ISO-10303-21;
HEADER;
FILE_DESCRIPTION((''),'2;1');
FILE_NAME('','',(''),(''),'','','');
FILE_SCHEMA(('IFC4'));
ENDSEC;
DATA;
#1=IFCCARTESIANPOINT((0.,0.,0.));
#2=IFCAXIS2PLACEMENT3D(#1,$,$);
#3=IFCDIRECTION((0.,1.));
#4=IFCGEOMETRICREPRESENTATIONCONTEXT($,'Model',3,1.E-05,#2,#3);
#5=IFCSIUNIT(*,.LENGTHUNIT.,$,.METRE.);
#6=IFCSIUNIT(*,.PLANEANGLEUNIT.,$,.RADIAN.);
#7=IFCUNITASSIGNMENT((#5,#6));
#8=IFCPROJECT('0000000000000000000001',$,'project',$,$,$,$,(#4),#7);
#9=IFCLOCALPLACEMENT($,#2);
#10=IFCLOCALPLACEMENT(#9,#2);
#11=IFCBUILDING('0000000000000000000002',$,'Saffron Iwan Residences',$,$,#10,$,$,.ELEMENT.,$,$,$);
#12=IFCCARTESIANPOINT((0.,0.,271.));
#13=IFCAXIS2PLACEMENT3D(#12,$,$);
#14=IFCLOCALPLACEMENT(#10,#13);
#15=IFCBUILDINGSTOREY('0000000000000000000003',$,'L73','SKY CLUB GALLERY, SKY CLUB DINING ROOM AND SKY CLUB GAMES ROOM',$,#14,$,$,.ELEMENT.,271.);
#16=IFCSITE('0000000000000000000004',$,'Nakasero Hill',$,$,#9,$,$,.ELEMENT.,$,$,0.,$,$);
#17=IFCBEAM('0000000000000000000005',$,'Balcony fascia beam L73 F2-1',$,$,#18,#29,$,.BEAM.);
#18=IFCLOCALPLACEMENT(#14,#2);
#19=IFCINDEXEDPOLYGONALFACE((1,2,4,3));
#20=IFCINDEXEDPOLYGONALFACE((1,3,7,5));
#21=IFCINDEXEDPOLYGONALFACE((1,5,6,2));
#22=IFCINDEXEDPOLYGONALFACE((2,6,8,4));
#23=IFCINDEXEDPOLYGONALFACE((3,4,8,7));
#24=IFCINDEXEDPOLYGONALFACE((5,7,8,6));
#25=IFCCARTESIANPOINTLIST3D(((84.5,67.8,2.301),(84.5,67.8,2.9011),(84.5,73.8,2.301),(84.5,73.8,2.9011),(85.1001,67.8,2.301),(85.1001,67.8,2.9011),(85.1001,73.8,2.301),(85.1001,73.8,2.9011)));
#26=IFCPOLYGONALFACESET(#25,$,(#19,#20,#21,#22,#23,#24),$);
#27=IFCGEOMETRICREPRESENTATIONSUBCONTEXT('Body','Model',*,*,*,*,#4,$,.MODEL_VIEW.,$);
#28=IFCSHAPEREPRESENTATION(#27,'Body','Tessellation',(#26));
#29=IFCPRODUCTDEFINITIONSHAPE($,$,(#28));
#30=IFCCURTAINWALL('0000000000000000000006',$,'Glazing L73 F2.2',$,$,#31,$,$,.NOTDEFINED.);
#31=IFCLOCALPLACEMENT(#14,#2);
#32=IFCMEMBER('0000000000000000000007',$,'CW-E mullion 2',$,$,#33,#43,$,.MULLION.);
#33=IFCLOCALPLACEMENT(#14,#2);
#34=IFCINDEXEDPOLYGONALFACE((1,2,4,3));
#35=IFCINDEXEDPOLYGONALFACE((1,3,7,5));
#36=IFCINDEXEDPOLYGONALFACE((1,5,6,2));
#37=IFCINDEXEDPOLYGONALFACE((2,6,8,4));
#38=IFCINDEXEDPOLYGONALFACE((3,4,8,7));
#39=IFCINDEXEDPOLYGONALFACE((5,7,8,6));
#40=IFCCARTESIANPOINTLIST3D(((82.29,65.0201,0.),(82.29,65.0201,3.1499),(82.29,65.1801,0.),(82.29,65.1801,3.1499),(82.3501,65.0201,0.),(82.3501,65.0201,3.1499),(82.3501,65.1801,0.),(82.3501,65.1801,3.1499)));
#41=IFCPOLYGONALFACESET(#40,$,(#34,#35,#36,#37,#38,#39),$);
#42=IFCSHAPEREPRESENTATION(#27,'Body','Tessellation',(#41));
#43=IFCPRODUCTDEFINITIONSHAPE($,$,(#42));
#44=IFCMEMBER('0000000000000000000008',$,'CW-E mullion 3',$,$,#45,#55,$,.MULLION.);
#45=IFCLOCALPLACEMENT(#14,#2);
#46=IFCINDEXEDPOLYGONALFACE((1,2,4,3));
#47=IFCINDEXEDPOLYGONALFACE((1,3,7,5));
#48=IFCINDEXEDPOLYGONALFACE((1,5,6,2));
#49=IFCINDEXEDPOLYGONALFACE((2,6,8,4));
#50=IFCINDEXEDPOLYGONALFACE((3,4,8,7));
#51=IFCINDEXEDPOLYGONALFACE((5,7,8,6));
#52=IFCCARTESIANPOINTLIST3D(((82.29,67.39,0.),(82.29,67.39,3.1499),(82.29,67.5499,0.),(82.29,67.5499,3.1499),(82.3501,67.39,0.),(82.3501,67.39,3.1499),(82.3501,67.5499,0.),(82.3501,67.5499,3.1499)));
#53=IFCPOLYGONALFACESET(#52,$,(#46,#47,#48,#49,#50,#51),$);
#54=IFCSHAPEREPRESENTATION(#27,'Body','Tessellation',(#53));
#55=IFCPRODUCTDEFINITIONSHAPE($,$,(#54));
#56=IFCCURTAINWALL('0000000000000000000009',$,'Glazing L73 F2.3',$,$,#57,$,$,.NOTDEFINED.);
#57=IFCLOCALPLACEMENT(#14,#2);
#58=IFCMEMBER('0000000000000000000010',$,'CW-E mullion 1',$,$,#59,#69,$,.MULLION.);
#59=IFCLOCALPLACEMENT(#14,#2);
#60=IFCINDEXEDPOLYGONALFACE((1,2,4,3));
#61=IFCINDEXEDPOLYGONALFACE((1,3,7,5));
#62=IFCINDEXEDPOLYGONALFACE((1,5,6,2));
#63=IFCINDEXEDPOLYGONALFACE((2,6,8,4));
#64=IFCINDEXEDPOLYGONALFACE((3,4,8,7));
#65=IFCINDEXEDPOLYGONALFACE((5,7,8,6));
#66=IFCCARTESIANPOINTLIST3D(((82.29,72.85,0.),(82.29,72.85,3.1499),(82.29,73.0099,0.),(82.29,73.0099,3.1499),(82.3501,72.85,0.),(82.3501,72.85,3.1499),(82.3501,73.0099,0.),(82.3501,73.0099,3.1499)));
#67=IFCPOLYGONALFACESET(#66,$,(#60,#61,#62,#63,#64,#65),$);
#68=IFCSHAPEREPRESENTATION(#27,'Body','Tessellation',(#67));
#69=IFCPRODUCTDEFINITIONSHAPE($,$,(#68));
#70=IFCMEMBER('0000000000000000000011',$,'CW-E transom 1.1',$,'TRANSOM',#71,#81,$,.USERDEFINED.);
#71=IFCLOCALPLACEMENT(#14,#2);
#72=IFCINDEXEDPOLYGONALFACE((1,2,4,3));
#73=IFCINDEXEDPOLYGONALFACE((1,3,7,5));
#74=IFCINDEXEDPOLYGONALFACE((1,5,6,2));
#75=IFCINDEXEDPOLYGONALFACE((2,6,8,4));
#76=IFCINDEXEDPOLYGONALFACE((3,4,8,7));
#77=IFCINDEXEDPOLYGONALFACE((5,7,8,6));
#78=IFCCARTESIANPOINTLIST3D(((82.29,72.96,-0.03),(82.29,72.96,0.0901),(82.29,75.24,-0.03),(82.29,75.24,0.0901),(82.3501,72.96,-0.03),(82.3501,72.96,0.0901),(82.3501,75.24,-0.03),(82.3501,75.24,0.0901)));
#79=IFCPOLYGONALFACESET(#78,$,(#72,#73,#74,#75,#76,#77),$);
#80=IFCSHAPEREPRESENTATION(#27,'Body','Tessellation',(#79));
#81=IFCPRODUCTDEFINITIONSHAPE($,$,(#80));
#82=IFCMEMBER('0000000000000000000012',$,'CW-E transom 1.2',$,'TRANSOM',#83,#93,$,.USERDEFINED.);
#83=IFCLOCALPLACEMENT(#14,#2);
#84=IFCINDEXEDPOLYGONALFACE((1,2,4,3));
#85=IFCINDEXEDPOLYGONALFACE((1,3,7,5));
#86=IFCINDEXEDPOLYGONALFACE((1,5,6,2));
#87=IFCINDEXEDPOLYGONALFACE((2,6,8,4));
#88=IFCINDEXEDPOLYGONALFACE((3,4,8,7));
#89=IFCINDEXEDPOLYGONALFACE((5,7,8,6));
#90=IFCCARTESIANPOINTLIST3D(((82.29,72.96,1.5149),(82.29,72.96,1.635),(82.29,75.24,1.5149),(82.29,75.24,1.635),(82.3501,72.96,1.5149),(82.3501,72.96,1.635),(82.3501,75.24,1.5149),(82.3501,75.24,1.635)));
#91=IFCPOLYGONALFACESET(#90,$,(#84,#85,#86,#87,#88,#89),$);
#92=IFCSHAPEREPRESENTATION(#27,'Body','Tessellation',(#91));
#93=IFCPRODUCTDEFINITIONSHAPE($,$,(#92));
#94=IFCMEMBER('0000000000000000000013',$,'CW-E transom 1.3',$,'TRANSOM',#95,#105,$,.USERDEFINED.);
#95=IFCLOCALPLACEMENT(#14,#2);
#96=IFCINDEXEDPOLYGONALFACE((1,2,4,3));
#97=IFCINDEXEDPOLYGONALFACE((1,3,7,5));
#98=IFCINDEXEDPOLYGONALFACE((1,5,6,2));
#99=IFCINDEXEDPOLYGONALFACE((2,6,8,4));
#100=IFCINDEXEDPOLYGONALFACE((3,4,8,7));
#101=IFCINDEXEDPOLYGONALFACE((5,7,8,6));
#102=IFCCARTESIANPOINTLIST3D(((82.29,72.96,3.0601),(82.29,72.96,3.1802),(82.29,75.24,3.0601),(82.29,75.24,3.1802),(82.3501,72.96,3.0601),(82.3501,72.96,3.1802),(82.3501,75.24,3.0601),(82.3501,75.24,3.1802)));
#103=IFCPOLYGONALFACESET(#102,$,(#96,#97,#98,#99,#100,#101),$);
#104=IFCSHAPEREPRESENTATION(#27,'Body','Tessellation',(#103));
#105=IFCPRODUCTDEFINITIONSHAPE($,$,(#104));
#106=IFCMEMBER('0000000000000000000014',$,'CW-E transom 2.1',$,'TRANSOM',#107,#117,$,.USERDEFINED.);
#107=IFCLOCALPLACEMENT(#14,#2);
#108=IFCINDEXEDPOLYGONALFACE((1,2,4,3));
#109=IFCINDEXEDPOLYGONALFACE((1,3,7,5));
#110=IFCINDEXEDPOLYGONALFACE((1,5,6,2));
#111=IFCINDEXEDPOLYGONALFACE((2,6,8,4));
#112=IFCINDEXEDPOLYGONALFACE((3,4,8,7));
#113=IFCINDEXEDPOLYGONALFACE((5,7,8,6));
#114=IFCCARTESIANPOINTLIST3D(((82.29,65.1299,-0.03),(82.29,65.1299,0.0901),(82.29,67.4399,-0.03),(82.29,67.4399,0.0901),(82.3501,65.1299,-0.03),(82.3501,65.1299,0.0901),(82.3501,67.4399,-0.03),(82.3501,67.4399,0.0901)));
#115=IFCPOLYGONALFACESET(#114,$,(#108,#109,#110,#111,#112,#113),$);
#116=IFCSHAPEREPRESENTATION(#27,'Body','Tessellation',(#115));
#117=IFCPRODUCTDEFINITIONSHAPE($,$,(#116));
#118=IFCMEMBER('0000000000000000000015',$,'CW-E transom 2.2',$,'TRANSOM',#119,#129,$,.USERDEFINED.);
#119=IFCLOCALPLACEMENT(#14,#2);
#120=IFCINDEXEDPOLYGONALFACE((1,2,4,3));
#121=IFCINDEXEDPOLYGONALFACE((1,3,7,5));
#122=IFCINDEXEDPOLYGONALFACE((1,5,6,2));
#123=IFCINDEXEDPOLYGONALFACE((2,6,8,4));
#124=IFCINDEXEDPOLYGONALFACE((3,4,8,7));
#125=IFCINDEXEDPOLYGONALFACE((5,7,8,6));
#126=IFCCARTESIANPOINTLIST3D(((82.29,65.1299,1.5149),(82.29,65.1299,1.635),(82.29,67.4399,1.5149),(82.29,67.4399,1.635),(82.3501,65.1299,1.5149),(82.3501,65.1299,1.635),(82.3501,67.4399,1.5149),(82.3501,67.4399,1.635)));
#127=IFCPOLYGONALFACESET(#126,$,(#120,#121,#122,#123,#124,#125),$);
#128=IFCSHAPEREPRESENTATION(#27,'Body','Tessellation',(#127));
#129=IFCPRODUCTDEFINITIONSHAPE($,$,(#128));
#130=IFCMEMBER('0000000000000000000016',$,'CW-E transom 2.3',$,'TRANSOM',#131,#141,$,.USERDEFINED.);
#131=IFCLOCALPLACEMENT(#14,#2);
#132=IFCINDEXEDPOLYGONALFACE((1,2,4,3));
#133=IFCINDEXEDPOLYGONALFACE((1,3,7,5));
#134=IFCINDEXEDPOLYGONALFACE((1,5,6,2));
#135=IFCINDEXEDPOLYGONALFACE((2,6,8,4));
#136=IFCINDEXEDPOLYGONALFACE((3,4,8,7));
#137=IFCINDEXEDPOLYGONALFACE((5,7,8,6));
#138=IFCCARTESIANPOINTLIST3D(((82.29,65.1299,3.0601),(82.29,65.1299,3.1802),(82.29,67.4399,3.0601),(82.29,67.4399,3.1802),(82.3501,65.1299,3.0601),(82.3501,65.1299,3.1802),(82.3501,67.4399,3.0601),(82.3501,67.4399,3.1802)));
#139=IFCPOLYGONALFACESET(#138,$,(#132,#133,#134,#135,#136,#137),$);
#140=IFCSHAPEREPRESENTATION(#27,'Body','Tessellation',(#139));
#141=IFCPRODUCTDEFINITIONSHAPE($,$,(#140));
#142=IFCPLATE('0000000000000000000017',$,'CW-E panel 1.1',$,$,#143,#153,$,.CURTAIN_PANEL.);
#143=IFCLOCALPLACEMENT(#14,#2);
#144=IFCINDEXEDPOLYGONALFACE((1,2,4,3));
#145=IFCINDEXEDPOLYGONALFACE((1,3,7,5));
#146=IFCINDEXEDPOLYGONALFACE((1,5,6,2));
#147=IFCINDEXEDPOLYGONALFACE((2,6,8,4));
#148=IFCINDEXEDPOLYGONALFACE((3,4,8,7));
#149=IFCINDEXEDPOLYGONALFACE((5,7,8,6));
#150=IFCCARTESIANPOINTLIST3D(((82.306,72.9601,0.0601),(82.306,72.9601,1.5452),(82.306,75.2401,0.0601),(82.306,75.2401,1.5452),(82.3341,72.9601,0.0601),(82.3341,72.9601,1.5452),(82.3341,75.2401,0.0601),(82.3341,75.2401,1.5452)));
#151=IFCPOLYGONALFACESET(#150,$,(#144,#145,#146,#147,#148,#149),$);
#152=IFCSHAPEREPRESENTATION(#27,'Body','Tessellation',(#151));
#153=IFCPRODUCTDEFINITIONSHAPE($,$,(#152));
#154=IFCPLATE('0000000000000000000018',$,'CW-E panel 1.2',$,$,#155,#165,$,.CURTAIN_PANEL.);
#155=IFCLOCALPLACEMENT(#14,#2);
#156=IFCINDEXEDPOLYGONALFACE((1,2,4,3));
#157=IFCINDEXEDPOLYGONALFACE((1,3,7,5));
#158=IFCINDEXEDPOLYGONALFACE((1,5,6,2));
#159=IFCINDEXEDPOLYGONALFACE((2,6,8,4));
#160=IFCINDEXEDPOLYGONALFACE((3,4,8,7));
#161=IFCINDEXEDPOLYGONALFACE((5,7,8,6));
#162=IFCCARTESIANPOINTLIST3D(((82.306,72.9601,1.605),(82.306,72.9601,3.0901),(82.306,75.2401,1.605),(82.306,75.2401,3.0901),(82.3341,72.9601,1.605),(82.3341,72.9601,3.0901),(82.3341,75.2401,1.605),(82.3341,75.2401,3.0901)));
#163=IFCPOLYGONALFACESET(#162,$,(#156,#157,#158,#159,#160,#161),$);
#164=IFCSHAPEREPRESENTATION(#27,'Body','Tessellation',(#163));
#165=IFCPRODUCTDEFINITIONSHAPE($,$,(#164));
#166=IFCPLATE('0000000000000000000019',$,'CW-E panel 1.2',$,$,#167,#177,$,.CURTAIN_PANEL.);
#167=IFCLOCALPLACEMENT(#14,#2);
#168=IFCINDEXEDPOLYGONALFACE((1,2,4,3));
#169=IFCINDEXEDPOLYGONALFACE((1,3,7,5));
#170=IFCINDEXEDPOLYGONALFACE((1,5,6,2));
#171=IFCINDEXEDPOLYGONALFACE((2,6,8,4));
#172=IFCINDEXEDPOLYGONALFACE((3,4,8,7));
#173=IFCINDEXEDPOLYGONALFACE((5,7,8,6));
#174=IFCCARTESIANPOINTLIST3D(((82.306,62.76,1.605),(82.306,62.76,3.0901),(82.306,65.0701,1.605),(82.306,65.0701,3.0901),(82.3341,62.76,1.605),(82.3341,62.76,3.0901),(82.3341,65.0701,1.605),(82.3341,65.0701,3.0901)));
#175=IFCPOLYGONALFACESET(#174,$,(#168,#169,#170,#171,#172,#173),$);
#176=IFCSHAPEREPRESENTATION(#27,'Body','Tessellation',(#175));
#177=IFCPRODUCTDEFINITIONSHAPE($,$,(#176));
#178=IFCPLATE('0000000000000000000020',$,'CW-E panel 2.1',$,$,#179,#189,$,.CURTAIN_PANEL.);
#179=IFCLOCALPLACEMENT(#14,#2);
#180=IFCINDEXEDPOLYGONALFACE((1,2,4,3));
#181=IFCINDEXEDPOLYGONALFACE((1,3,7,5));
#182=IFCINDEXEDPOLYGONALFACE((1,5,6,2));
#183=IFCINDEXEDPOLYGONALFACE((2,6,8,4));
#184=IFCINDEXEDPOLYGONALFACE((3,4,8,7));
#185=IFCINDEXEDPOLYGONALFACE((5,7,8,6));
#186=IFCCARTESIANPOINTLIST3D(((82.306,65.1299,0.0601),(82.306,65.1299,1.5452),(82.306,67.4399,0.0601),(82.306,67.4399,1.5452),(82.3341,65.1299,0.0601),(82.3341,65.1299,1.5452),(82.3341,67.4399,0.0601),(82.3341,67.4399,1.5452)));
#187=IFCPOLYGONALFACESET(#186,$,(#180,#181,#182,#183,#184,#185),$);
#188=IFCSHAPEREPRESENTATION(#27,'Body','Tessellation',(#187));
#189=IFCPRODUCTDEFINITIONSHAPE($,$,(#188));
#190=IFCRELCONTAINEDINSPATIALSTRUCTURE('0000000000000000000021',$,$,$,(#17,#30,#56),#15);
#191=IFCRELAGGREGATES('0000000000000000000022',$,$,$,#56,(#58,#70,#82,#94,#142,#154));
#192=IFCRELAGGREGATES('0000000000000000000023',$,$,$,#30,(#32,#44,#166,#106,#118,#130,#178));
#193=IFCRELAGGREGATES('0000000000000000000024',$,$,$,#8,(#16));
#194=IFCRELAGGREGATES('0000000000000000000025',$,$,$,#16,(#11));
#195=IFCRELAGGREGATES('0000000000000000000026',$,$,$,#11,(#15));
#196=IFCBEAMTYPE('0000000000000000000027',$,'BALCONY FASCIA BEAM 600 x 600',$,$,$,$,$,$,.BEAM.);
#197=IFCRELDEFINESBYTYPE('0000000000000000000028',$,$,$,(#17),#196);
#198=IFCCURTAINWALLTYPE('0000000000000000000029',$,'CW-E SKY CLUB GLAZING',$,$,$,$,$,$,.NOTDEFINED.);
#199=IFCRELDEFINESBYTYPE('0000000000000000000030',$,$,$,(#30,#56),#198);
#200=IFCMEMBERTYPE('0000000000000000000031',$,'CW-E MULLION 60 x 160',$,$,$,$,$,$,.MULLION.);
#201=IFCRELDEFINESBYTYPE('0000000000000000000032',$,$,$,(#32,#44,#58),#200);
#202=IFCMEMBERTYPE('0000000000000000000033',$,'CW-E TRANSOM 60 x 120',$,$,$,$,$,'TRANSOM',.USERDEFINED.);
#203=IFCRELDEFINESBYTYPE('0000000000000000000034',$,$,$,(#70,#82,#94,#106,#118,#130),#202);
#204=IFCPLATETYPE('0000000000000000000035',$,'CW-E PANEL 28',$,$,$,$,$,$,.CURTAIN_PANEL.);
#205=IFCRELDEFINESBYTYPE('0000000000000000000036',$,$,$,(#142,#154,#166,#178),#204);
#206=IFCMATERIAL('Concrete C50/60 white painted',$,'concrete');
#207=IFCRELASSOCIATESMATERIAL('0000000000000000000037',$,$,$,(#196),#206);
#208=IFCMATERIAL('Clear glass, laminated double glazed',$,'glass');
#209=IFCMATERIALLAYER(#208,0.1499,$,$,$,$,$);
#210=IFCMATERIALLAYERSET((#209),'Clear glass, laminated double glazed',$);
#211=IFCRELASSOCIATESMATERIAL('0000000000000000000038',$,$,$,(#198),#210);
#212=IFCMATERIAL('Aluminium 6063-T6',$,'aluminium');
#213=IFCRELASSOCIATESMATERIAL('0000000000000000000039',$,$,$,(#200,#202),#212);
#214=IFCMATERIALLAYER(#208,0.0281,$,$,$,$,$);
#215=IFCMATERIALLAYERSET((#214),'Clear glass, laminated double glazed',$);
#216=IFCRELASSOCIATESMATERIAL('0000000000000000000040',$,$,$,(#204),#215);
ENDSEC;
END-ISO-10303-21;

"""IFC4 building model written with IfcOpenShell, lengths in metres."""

from ifc_helpers import new_model, si_unit, direction, frame, origin, origin_2d, place, context, subcontext, project, spatial, rectangle, extrude, source, transform, mapped, material, layer, layer_set, material_profile, profile_set, type_object, element, aggregate, save


model = new_model("IFC4")

# Units and contexts
model_context = context("Model", 3, precision=1e-05, world=origin(), true_north=direction((0.0, 1.0)))
body_context = subcontext(model_context, "Body", "Model", "MODEL_VIEW")
ifc_project = project(units=[si_unit("LENGTHUNIT", "METRE"), si_unit("PLANEANGLEUNIT", "RADIAN")], contexts=[model_context])

# Site, building, storey
site_placement = place(None, origin())
site = spatial("IfcSite", under=ifc_project, at=site_placement, Name="Nakasero Hill", CompositionType="ELEMENT", RefElevation=0.0)
building_placement = place(site_placement, origin())
building = spatial("IfcBuilding", under=site, at=building_placement, Name="Saffron Iwan Residences", CompositionType="ELEMENT")
storey_placement = place(building_placement, frame((0.0, 0.0, 271.0)))
storey = spatial("IfcBuildingStorey", under=building, at=storey_placement, Name="L73", Description="SKY CLUB GALLERY, SKY CLUB DINING ROOM AND SKY CLUB GAMES ROOM", CompositionType="ELEMENT", Elevation=271.0)

# Beam
ifc_material_1 = material(Name="Concrete C50/60 white painted", Category="concrete")
ifc_material_profile_1 = material_profile(ifc_material_1, rectangle(XDim=0.6001, YDim=0.6001, at=origin_2d()), Name="BALCONY FASCIA BEAM 600 x 600")
ifc_profile_set_1 = profile_set([ifc_material_profile_1], Name="Concrete C50/60 white painted")
beam_type = type_object("IfcBeamType", Name="BALCONY FASCIA BEAM 600 x 600", PredefinedType="BEAM", material=ifc_profile_set_1)
shared_shape_1 = source(origin(), body_context, "Body", "SweptSolid", [
    extrude(rectangle(XDim=0.6001, YDim=0.6001, at=origin_2d()), origin(), (0.0, 0.0, 1.0), 6.0),
])
beam_placement = place(storey_placement, frame((84.8, 67.8, 2.6011), z_axis=(0.0, 1.0, 0.0), x_axis=(-1.0, 0.0, 0.0)))
element("IfcBeam", 1, at=beam_placement, inside=storey, type_object=beam_type, Name="Balcony fascia beam L73 F2-1", PredefinedType="BEAM", context=body_context, shape_type="MappedRepresentation", body=[
    mapped(shared_shape_1, transform((0.0, 0.0, 0.0))),
])

# Curtain walls, members
ifc_material_2 = material(Name="Clear glass, laminated double glazed", Category="glass")
ifc_layer_1 = layer(ifc_material_2, 0.1499)
ifc_layer_set_1 = layer_set([ifc_layer_1], Name="Clear glass, laminated double glazed")
curtain_wall_type = type_object("IfcCurtainWallType", Name="CW-E SKY CLUB GLAZING", PredefinedType="NOTDEFINED", material=ifc_layer_set_1)
curtain_wall_1_placement = place(storey_placement, origin())
curtain_wall_1 = element("IfcCurtainWall", 2, at=curtain_wall_1_placement, inside=storey, type_object=curtain_wall_type, Name="Glazing L73 F2.2", PredefinedType="NOTDEFINED")
ifc_material_3 = material(Name="Aluminium 6063-T6", Category="aluminium")
ifc_material_profile_2 = material_profile(ifc_material_3, rectangle(XDim=0.0601, YDim=0.1599, at=origin_2d()), Name="CW-E MULLION 60 x 160")
ifc_profile_set_2 = profile_set([ifc_material_profile_2], Name="Aluminium 6063-T6")
member_type_1 = type_object("IfcMemberType", Name="CW-E MULLION 60 x 160", PredefinedType="MULLION", material=ifc_profile_set_2)
shared_shape_2 = source(origin(), body_context, "Body", "SweptSolid", [
    extrude(rectangle(XDim=0.0601, YDim=0.1599, at=origin_2d()), origin(), (0.0, 0.0, 1.0), 3.1499),
])
member_1_placement = place(storey_placement, frame((82.3201, 65.1001, 0.0), z_axis=(0.0, 0.0, 1.0), x_axis=(-1.0, 0.0, 0.0)))
member_1 = element("IfcMember", 3, at=member_1_placement, type_object=member_type_1, Name="CW-E mullion 2", PredefinedType="MULLION", context=body_context, shape_type="MappedRepresentation", body=[
    mapped(shared_shape_2, transform((0.0, 0.0, 0.0))),
])
member_2_placement = place(storey_placement, frame((82.3201, 67.47, 0.0), z_axis=(0.0, 0.0, 1.0), x_axis=(-1.0, 0.0, 0.0)))
member_2 = element("IfcMember", 4, at=member_2_placement, type_object=member_type_1, Name="CW-E mullion 3", PredefinedType="MULLION", context=body_context, shape_type="MappedRepresentation", body=[
    mapped(shared_shape_2, transform((0.0, 0.0, 0.0))),
])
curtain_wall_2_placement = place(storey_placement, origin())
curtain_wall_2 = element("IfcCurtainWall", 5, at=curtain_wall_2_placement, inside=storey, type_object=curtain_wall_type, Name="Glazing L73 F2.3", PredefinedType="NOTDEFINED")
member_3_placement = place(storey_placement, frame((82.3201, 72.9299, 0.0), z_axis=(0.0, 0.0, 1.0), x_axis=(-1.0, 0.0, 0.0)))
member_3 = element("IfcMember", 6, at=member_3_placement, type_object=member_type_1, Name="CW-E mullion 1", PredefinedType="MULLION", context=body_context, shape_type="MappedRepresentation", body=[
    mapped(shared_shape_2, transform((0.0, 0.0, 0.0))),
])
ifc_material_profile_3 = material_profile(ifc_material_3, rectangle(XDim=0.0601, YDim=0.1201, at=origin_2d()), Name="CW-E TRANSOM 60 x 120")
ifc_profile_set_3 = profile_set([ifc_material_profile_3], Name="Aluminium 6063-T6")
member_type_2 = type_object("IfcMemberType", Name="CW-E TRANSOM 60 x 120", ElementType="TRANSOM", PredefinedType="USERDEFINED", material=ifc_profile_set_3)
shared_shape_3 = source(origin(), body_context, "Body", "SweptSolid", [
    extrude(rectangle(XDim=0.0601, YDim=0.1201, at=origin_2d()), origin(), (0.0, 0.0, 1.0), 2.28),
])
member_4_placement = place(storey_placement, frame((82.3201, 72.96, 0.03), z_axis=(0.0, 1.0, 0.0), x_axis=(-1.0, 0.0, 0.0)))
member_4 = element("IfcMember", 7, at=member_4_placement, type_object=member_type_2, Name="CW-E transom 1.1", ObjectType="TRANSOM", PredefinedType="USERDEFINED", context=body_context, shape_type="MappedRepresentation", body=[
    mapped(shared_shape_3, transform((0.0, 0.0, 0.0))),
])
member_5_placement = place(storey_placement, frame((82.3201, 72.96, 1.575), z_axis=(0.0, 1.0, 0.0), x_axis=(-1.0, 0.0, 0.0)))
member_5 = element("IfcMember", 8, at=member_5_placement, type_object=member_type_2, Name="CW-E transom 1.2", ObjectType="TRANSOM", PredefinedType="USERDEFINED", context=body_context, shape_type="MappedRepresentation", body=[
    mapped(shared_shape_3, transform((0.0, 0.0, 0.0))),
])
member_6_placement = place(storey_placement, frame((82.3201, 72.96, 3.1201), z_axis=(0.0, 1.0, 0.0), x_axis=(-1.0, 0.0, 0.0)))
member_6 = element("IfcMember", 9, at=member_6_placement, type_object=member_type_2, Name="CW-E transom 1.3", ObjectType="TRANSOM", PredefinedType="USERDEFINED", context=body_context, shape_type="MappedRepresentation", body=[
    mapped(shared_shape_3, transform((0.0, 0.0, 0.0))),
])

# Members
shared_shape_4 = source(origin(), body_context, "Body", "SweptSolid", [
    extrude(rectangle(XDim=0.0601, YDim=0.1201, at=origin_2d()), origin(), (0.0, 0.0, 1.0), 2.3101),
])
member_7_placement = place(storey_placement, frame((82.3201, 65.1299, 0.03), z_axis=(0.0, 1.0, 0.0), x_axis=(-1.0, 0.0, 0.0)))
member_7 = element("IfcMember", 10, at=member_7_placement, type_object=member_type_2, Name="CW-E transom 2.1", ObjectType="TRANSOM", PredefinedType="USERDEFINED", context=body_context, shape_type="MappedRepresentation", body=[
    mapped(shared_shape_4, transform((0.0, 0.0, 0.0))),
])
member_8_placement = place(storey_placement, frame((82.3201, 65.1299, 1.575), z_axis=(0.0, 1.0, 0.0), x_axis=(-1.0, 0.0, 0.0)))
member_8 = element("IfcMember", 11, at=member_8_placement, type_object=member_type_2, Name="CW-E transom 2.2", ObjectType="TRANSOM", PredefinedType="USERDEFINED", context=body_context, shape_type="MappedRepresentation", body=[
    mapped(shared_shape_4, transform((0.0, 0.0, 0.0))),
])
member_9_placement = place(storey_placement, frame((82.3201, 65.1299, 3.1201), z_axis=(0.0, 1.0, 0.0), x_axis=(-1.0, 0.0, 0.0)))
member_9 = element("IfcMember", 12, at=member_9_placement, type_object=member_type_2, Name="CW-E transom 2.3", ObjectType="TRANSOM", PredefinedType="USERDEFINED", context=body_context, shape_type="MappedRepresentation", body=[
    mapped(shared_shape_4, transform((0.0, 0.0, 0.0))),
])

# Plates
ifc_layer_2 = layer(ifc_material_2, 0.0281)
ifc_layer_set_2 = layer_set([ifc_layer_2], Name="Clear glass, laminated double glazed")
plate_type = type_object("IfcPlateType", Name="CW-E PANEL 28", PredefinedType="CURTAIN_PANEL", material=ifc_layer_set_2)
shared_shape_5 = source(origin(), body_context, "Body", "SweptSolid", [
    extrude(rectangle(XDim=2.28, YDim=0.0281, at=origin_2d()), origin(), (0.0, 0.0, 1.0), 1.4851),
])
plate_1_placement = place(storey_placement, frame((82.3201, 74.1001, 0.0601), z_axis=(0.0, 0.0, 1.0), x_axis=(0.0, 1.0, 0.0)))
plate_1 = element("IfcPlate", 13, at=plate_1_placement, type_object=plate_type, Name="CW-E panel 1.1", PredefinedType="CURTAIN_PANEL", context=body_context, shape_type="MappedRepresentation", body=[
    mapped(shared_shape_5, transform((0.0, 0.0, 0.0))),
])
plate_2_placement = place(storey_placement, frame((82.3201, 74.1001, 1.605), z_axis=(0.0, 0.0, 1.0), x_axis=(0.0, 1.0, 0.0)))
plate_2 = element("IfcPlate", 14, at=plate_2_placement, type_object=plate_type, Name="CW-E panel 1.2", PredefinedType="CURTAIN_PANEL", context=body_context, shape_type="MappedRepresentation", body=[
    mapped(shared_shape_5, transform((0.0, 0.0, 0.0))),
])
aggregate(curtain_wall_2, [member_3, member_4, member_5, member_6, plate_1, plate_2])
shared_shape_6 = source(origin(), body_context, "Body", "SweptSolid", [
    extrude(rectangle(XDim=2.3101, YDim=0.0281, at=origin_2d()), origin(), (0.0, 0.0, 1.0), 1.4851),
])
plate_3_placement = place(storey_placement, frame((82.3201, 63.915, 1.605), z_axis=(0.0, 0.0, 1.0), x_axis=(0.0, 1.0, 0.0)))
plate_3 = element("IfcPlate", 15, at=plate_3_placement, type_object=plate_type, Name="CW-E panel 1.2", PredefinedType="CURTAIN_PANEL", context=body_context, shape_type="MappedRepresentation", body=[
    mapped(shared_shape_6, transform((0.0, 0.0, 0.0))),
])
plate_4_placement = place(storey_placement, frame((82.3201, 66.2849, 0.0601), z_axis=(0.0, 0.0, 1.0), x_axis=(0.0, 1.0, 0.0)))
plate_4 = element("IfcPlate", 16, at=plate_4_placement, type_object=plate_type, Name="CW-E panel 2.1", PredefinedType="CURTAIN_PANEL", context=body_context, shape_type="MappedRepresentation", body=[
    mapped(shared_shape_6, transform((0.0, 0.0, 0.0))),
])
aggregate(curtain_wall_1, [member_1, member_2, plate_3, member_7, member_8, member_9, plate_4])

save(model, "model.ifc")
